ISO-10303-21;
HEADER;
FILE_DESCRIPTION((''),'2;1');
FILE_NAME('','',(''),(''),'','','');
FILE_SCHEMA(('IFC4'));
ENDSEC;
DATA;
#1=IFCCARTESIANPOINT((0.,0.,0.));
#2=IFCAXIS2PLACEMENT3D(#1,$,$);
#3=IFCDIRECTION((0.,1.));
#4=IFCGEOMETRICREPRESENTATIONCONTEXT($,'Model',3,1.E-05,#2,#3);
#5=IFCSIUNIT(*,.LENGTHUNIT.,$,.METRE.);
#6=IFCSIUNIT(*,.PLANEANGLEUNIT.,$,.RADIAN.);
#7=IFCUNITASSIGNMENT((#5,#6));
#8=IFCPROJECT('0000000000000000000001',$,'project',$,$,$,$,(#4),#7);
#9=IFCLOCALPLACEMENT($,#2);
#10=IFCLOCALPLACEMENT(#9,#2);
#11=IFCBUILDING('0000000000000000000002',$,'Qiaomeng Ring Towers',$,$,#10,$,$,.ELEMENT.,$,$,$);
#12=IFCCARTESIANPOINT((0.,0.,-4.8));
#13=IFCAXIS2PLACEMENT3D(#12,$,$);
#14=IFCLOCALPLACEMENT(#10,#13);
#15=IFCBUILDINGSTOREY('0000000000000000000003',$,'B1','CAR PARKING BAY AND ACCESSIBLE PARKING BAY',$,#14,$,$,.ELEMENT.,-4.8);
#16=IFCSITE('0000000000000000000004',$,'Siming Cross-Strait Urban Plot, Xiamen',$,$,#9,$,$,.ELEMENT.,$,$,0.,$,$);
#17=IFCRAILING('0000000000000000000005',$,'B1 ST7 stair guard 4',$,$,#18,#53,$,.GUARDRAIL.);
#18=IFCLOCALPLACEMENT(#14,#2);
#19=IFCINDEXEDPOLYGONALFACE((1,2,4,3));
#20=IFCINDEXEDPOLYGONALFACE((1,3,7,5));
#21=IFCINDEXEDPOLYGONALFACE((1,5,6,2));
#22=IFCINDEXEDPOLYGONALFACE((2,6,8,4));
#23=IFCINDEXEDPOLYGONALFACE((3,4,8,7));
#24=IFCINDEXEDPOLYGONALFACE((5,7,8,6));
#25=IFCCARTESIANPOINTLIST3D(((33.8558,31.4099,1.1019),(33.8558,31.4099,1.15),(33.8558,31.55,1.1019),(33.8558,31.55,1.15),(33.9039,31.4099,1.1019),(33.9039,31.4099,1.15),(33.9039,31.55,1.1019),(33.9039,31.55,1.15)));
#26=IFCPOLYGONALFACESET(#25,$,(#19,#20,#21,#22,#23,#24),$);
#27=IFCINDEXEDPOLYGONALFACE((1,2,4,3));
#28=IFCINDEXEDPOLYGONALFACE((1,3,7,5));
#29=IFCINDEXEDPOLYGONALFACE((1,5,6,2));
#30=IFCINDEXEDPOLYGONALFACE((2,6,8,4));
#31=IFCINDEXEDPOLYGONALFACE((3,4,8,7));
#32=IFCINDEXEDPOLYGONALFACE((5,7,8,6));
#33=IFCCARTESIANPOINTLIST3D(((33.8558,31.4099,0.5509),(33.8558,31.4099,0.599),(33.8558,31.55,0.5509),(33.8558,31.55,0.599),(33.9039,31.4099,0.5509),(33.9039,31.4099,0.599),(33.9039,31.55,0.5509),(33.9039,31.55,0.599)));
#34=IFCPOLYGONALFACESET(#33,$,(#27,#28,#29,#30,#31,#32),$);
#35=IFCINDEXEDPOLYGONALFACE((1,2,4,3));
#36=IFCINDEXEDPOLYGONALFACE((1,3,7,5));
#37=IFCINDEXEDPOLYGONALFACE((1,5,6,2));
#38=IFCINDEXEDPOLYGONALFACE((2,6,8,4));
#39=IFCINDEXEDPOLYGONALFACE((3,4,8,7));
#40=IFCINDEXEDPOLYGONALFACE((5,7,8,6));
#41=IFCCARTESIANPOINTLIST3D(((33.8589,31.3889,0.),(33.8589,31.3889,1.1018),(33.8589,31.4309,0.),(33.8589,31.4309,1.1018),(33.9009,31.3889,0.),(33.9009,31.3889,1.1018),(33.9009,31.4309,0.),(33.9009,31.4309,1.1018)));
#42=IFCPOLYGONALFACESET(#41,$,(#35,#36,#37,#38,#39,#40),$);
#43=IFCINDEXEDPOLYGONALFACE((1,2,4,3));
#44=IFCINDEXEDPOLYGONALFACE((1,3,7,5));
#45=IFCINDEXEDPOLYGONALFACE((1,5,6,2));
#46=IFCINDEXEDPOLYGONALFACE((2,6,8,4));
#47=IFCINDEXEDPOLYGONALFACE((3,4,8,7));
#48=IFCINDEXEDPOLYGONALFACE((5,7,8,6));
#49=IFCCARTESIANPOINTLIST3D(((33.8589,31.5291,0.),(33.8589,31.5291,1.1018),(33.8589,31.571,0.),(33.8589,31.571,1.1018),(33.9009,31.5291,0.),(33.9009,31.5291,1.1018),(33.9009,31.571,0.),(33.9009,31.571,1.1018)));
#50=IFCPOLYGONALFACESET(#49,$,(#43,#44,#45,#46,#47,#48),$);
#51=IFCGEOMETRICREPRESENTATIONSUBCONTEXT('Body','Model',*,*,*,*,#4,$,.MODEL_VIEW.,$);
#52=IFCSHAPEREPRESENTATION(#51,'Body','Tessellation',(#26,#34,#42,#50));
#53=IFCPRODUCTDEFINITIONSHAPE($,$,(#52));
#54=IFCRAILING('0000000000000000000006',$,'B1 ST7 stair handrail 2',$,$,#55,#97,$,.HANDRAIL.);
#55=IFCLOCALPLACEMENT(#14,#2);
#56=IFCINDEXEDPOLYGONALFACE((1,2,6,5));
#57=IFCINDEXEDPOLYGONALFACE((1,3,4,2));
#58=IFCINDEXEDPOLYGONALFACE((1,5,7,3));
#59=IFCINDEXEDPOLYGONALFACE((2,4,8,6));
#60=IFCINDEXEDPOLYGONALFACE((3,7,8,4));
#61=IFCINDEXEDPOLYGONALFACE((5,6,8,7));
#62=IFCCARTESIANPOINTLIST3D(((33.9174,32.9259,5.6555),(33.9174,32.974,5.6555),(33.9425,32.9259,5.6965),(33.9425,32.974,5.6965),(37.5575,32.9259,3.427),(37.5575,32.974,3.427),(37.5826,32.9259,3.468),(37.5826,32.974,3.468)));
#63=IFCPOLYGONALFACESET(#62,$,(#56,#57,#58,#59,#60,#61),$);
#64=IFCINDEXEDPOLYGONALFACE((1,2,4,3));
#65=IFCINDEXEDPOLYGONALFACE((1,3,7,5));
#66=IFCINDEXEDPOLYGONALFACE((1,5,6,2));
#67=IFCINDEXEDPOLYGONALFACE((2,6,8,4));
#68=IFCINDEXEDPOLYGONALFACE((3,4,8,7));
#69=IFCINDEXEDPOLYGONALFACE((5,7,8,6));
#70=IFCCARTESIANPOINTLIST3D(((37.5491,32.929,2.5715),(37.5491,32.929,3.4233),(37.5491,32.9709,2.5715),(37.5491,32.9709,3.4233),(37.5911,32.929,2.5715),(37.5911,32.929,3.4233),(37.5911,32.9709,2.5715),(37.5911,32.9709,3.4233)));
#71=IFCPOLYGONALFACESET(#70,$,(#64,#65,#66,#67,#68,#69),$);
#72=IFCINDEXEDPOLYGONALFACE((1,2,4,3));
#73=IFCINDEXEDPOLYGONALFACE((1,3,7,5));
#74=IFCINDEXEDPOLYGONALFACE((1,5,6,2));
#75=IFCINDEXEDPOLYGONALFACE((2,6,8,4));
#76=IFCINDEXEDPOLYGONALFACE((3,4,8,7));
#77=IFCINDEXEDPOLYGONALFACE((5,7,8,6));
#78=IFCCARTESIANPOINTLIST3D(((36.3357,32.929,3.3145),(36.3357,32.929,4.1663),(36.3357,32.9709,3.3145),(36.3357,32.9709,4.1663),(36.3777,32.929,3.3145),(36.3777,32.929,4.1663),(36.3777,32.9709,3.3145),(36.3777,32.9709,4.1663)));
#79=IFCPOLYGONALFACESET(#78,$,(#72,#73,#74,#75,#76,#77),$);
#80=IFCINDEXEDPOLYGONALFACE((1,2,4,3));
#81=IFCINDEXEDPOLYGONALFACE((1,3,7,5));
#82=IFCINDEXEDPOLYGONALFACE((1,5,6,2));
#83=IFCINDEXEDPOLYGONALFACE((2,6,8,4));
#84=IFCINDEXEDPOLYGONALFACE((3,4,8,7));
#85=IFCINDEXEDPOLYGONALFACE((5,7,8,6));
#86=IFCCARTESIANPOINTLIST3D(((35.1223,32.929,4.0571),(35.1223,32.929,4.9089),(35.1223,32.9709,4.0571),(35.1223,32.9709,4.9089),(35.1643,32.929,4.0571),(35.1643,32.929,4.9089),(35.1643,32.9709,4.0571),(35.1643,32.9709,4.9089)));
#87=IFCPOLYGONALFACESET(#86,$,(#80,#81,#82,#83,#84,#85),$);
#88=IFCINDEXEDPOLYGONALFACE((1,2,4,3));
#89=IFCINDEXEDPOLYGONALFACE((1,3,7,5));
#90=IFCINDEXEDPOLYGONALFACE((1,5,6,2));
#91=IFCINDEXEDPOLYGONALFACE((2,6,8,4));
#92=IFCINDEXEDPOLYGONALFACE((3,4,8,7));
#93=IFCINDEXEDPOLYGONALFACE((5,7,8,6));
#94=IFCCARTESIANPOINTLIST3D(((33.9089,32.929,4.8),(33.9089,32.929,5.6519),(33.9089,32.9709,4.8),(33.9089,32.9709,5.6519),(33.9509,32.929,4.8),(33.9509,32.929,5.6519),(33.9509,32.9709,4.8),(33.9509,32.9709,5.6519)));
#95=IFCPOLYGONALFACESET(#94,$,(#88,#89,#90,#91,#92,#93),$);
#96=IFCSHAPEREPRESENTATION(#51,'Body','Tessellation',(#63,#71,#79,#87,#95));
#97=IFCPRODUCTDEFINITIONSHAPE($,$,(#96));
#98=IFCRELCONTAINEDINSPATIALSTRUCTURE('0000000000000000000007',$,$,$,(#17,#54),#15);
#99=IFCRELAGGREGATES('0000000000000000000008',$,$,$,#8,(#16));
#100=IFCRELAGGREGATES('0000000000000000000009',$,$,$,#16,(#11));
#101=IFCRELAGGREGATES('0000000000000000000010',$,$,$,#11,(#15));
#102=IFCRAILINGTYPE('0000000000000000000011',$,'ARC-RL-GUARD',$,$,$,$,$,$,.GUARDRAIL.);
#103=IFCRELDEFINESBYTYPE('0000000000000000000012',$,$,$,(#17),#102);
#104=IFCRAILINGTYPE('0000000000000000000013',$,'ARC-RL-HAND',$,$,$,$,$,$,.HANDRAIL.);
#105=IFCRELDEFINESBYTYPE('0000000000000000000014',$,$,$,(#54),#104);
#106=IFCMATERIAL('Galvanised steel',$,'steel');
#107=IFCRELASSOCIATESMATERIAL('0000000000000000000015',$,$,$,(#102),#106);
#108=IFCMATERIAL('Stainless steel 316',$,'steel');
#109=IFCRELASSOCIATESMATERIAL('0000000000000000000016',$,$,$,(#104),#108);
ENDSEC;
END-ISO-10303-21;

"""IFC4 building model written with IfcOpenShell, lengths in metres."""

from ifc_helpers import new_model, si_unit, direction, frame, origin, origin_2d, place, context, subcontext, project, spatial, rectangle, extrude, material, type_object, element, save


model = new_model("IFC4")

# Units and contexts
model_context = context("Model", 3, precision=1e-05, world=origin(), true_north=direction((0.0, 1.0)))
body_context = subcontext(model_context, "Body", "Model", "MODEL_VIEW")
ifc_project = project(units=[si_unit("LENGTHUNIT", "METRE"), si_unit("PLANEANGLEUNIT", "RADIAN")], contexts=[model_context])

# Site, building, storey
site_placement = place(None, origin())
site = spatial("IfcSite", under=ifc_project, at=site_placement, Name="Siming Cross-Strait Urban Plot, Xiamen", CompositionType="ELEMENT", RefElevation=0.0)
building_placement = place(site_placement, origin())
building = spatial("IfcBuilding", under=site, at=building_placement, Name="Qiaomeng Ring Towers", CompositionType="ELEMENT")
storey_placement = place(building_placement, frame((0.0, 0.0, -4.8)))
storey = spatial("IfcBuildingStorey", under=building, at=storey_placement, Name="B1", Description="CAR PARKING BAY AND ACCESSIBLE PARKING BAY", CompositionType="ELEMENT", Elevation=-4.8)

# Shared definitions
ifc_material_1 = material(Name="Stainless steel 316", Category="steel")

# Railings
ifc_material_2 = material(Name="Galvanised steel", Category="steel")
railing_type_1 = type_object("IfcRailingType", Name="ARC-RL-GUARD", PredefinedType="GUARDRAIL", material=ifc_material_2)
railing_1_placement = place(storey_placement, frame((33.8799, 31.4099, 0.0)))
element("IfcRailing", 1, at=railing_1_placement, inside=storey, type_object=railing_type_1, Name="B1 ST7 stair guard 4", PredefinedType="GUARDRAIL", context=body_context, shape_type="SweptSolid", body=[
    extrude(rectangle(XDim=0.0481, YDim=0.0481, at=origin_2d()), frame((0.0, 0.0, 1.126), z_axis=(0.0, 1.0, 0.0), x_axis=(-1.0, 0.0, 0.0)), (0.0, 0.0, 1.0), 0.1401),
    extrude(rectangle(XDim=0.0481, YDim=0.0481, at=origin_2d()), frame((0.0, 0.0, 0.575), z_axis=(0.0, 1.0, 0.0), x_axis=(-1.0, 0.0, 0.0)), (0.0, 0.0, 1.0), 0.1401),
    extrude(rectangle(XDim=0.042, YDim=0.042, at=origin_2d()), origin(), (0.0, 0.0, 1.0), 1.1018),
    extrude(rectangle(XDim=0.042, YDim=0.042, at=origin_2d()), frame((0.0, 0.1401, 0.0)), (0.0, 0.0, 1.0), 1.1018),
])
railing_type_2 = type_object("IfcRailingType", Name="ARC-RL-HAND", PredefinedType="HANDRAIL", material=ifc_material_1)
railing_2_placement = place(storey_placement, frame((37.5701, 32.95, 2.5715)))
element("IfcRailing", 2, at=railing_2_placement, inside=storey, type_object=railing_type_2, Name="B1 ST7 stair handrail 2", PredefinedType="HANDRAIL", context=body_context, shape_type="SweptSolid", body=[
    extrude(rectangle(XDim=0.0481, YDim=0.0481, at=origin_2d()), frame((0.0, 0.0, 0.876), z_axis=(-0.852866, 0.0, 0.52213), x_axis=(0.0, -1.0, 0.0)), (0.0, 0.0, 1.0), 4.2681),
    extrude(rectangle(XDim=0.042, YDim=0.042, at=origin_2d()), origin(), (0.0, 0.0, 1.0), 0.8518),
    extrude(rectangle(XDim=0.042, YDim=0.042, at=origin_2d()), frame((-1.2134, 0.0, 0.7429)), (0.0, 0.0, 1.0), 0.8518),
    extrude(rectangle(XDim=0.042, YDim=0.042, at=origin_2d()), frame((-2.4268, 0.0, 1.4856)), (0.0, 0.0, 1.0), 0.8518),
    extrude(rectangle(XDim=0.042, YDim=0.042, at=origin_2d()), frame((-3.6401, 0.0, 2.2285)), (0.0, 0.0, 1.0), 0.8518),
])

save(model, "model.ifc")
